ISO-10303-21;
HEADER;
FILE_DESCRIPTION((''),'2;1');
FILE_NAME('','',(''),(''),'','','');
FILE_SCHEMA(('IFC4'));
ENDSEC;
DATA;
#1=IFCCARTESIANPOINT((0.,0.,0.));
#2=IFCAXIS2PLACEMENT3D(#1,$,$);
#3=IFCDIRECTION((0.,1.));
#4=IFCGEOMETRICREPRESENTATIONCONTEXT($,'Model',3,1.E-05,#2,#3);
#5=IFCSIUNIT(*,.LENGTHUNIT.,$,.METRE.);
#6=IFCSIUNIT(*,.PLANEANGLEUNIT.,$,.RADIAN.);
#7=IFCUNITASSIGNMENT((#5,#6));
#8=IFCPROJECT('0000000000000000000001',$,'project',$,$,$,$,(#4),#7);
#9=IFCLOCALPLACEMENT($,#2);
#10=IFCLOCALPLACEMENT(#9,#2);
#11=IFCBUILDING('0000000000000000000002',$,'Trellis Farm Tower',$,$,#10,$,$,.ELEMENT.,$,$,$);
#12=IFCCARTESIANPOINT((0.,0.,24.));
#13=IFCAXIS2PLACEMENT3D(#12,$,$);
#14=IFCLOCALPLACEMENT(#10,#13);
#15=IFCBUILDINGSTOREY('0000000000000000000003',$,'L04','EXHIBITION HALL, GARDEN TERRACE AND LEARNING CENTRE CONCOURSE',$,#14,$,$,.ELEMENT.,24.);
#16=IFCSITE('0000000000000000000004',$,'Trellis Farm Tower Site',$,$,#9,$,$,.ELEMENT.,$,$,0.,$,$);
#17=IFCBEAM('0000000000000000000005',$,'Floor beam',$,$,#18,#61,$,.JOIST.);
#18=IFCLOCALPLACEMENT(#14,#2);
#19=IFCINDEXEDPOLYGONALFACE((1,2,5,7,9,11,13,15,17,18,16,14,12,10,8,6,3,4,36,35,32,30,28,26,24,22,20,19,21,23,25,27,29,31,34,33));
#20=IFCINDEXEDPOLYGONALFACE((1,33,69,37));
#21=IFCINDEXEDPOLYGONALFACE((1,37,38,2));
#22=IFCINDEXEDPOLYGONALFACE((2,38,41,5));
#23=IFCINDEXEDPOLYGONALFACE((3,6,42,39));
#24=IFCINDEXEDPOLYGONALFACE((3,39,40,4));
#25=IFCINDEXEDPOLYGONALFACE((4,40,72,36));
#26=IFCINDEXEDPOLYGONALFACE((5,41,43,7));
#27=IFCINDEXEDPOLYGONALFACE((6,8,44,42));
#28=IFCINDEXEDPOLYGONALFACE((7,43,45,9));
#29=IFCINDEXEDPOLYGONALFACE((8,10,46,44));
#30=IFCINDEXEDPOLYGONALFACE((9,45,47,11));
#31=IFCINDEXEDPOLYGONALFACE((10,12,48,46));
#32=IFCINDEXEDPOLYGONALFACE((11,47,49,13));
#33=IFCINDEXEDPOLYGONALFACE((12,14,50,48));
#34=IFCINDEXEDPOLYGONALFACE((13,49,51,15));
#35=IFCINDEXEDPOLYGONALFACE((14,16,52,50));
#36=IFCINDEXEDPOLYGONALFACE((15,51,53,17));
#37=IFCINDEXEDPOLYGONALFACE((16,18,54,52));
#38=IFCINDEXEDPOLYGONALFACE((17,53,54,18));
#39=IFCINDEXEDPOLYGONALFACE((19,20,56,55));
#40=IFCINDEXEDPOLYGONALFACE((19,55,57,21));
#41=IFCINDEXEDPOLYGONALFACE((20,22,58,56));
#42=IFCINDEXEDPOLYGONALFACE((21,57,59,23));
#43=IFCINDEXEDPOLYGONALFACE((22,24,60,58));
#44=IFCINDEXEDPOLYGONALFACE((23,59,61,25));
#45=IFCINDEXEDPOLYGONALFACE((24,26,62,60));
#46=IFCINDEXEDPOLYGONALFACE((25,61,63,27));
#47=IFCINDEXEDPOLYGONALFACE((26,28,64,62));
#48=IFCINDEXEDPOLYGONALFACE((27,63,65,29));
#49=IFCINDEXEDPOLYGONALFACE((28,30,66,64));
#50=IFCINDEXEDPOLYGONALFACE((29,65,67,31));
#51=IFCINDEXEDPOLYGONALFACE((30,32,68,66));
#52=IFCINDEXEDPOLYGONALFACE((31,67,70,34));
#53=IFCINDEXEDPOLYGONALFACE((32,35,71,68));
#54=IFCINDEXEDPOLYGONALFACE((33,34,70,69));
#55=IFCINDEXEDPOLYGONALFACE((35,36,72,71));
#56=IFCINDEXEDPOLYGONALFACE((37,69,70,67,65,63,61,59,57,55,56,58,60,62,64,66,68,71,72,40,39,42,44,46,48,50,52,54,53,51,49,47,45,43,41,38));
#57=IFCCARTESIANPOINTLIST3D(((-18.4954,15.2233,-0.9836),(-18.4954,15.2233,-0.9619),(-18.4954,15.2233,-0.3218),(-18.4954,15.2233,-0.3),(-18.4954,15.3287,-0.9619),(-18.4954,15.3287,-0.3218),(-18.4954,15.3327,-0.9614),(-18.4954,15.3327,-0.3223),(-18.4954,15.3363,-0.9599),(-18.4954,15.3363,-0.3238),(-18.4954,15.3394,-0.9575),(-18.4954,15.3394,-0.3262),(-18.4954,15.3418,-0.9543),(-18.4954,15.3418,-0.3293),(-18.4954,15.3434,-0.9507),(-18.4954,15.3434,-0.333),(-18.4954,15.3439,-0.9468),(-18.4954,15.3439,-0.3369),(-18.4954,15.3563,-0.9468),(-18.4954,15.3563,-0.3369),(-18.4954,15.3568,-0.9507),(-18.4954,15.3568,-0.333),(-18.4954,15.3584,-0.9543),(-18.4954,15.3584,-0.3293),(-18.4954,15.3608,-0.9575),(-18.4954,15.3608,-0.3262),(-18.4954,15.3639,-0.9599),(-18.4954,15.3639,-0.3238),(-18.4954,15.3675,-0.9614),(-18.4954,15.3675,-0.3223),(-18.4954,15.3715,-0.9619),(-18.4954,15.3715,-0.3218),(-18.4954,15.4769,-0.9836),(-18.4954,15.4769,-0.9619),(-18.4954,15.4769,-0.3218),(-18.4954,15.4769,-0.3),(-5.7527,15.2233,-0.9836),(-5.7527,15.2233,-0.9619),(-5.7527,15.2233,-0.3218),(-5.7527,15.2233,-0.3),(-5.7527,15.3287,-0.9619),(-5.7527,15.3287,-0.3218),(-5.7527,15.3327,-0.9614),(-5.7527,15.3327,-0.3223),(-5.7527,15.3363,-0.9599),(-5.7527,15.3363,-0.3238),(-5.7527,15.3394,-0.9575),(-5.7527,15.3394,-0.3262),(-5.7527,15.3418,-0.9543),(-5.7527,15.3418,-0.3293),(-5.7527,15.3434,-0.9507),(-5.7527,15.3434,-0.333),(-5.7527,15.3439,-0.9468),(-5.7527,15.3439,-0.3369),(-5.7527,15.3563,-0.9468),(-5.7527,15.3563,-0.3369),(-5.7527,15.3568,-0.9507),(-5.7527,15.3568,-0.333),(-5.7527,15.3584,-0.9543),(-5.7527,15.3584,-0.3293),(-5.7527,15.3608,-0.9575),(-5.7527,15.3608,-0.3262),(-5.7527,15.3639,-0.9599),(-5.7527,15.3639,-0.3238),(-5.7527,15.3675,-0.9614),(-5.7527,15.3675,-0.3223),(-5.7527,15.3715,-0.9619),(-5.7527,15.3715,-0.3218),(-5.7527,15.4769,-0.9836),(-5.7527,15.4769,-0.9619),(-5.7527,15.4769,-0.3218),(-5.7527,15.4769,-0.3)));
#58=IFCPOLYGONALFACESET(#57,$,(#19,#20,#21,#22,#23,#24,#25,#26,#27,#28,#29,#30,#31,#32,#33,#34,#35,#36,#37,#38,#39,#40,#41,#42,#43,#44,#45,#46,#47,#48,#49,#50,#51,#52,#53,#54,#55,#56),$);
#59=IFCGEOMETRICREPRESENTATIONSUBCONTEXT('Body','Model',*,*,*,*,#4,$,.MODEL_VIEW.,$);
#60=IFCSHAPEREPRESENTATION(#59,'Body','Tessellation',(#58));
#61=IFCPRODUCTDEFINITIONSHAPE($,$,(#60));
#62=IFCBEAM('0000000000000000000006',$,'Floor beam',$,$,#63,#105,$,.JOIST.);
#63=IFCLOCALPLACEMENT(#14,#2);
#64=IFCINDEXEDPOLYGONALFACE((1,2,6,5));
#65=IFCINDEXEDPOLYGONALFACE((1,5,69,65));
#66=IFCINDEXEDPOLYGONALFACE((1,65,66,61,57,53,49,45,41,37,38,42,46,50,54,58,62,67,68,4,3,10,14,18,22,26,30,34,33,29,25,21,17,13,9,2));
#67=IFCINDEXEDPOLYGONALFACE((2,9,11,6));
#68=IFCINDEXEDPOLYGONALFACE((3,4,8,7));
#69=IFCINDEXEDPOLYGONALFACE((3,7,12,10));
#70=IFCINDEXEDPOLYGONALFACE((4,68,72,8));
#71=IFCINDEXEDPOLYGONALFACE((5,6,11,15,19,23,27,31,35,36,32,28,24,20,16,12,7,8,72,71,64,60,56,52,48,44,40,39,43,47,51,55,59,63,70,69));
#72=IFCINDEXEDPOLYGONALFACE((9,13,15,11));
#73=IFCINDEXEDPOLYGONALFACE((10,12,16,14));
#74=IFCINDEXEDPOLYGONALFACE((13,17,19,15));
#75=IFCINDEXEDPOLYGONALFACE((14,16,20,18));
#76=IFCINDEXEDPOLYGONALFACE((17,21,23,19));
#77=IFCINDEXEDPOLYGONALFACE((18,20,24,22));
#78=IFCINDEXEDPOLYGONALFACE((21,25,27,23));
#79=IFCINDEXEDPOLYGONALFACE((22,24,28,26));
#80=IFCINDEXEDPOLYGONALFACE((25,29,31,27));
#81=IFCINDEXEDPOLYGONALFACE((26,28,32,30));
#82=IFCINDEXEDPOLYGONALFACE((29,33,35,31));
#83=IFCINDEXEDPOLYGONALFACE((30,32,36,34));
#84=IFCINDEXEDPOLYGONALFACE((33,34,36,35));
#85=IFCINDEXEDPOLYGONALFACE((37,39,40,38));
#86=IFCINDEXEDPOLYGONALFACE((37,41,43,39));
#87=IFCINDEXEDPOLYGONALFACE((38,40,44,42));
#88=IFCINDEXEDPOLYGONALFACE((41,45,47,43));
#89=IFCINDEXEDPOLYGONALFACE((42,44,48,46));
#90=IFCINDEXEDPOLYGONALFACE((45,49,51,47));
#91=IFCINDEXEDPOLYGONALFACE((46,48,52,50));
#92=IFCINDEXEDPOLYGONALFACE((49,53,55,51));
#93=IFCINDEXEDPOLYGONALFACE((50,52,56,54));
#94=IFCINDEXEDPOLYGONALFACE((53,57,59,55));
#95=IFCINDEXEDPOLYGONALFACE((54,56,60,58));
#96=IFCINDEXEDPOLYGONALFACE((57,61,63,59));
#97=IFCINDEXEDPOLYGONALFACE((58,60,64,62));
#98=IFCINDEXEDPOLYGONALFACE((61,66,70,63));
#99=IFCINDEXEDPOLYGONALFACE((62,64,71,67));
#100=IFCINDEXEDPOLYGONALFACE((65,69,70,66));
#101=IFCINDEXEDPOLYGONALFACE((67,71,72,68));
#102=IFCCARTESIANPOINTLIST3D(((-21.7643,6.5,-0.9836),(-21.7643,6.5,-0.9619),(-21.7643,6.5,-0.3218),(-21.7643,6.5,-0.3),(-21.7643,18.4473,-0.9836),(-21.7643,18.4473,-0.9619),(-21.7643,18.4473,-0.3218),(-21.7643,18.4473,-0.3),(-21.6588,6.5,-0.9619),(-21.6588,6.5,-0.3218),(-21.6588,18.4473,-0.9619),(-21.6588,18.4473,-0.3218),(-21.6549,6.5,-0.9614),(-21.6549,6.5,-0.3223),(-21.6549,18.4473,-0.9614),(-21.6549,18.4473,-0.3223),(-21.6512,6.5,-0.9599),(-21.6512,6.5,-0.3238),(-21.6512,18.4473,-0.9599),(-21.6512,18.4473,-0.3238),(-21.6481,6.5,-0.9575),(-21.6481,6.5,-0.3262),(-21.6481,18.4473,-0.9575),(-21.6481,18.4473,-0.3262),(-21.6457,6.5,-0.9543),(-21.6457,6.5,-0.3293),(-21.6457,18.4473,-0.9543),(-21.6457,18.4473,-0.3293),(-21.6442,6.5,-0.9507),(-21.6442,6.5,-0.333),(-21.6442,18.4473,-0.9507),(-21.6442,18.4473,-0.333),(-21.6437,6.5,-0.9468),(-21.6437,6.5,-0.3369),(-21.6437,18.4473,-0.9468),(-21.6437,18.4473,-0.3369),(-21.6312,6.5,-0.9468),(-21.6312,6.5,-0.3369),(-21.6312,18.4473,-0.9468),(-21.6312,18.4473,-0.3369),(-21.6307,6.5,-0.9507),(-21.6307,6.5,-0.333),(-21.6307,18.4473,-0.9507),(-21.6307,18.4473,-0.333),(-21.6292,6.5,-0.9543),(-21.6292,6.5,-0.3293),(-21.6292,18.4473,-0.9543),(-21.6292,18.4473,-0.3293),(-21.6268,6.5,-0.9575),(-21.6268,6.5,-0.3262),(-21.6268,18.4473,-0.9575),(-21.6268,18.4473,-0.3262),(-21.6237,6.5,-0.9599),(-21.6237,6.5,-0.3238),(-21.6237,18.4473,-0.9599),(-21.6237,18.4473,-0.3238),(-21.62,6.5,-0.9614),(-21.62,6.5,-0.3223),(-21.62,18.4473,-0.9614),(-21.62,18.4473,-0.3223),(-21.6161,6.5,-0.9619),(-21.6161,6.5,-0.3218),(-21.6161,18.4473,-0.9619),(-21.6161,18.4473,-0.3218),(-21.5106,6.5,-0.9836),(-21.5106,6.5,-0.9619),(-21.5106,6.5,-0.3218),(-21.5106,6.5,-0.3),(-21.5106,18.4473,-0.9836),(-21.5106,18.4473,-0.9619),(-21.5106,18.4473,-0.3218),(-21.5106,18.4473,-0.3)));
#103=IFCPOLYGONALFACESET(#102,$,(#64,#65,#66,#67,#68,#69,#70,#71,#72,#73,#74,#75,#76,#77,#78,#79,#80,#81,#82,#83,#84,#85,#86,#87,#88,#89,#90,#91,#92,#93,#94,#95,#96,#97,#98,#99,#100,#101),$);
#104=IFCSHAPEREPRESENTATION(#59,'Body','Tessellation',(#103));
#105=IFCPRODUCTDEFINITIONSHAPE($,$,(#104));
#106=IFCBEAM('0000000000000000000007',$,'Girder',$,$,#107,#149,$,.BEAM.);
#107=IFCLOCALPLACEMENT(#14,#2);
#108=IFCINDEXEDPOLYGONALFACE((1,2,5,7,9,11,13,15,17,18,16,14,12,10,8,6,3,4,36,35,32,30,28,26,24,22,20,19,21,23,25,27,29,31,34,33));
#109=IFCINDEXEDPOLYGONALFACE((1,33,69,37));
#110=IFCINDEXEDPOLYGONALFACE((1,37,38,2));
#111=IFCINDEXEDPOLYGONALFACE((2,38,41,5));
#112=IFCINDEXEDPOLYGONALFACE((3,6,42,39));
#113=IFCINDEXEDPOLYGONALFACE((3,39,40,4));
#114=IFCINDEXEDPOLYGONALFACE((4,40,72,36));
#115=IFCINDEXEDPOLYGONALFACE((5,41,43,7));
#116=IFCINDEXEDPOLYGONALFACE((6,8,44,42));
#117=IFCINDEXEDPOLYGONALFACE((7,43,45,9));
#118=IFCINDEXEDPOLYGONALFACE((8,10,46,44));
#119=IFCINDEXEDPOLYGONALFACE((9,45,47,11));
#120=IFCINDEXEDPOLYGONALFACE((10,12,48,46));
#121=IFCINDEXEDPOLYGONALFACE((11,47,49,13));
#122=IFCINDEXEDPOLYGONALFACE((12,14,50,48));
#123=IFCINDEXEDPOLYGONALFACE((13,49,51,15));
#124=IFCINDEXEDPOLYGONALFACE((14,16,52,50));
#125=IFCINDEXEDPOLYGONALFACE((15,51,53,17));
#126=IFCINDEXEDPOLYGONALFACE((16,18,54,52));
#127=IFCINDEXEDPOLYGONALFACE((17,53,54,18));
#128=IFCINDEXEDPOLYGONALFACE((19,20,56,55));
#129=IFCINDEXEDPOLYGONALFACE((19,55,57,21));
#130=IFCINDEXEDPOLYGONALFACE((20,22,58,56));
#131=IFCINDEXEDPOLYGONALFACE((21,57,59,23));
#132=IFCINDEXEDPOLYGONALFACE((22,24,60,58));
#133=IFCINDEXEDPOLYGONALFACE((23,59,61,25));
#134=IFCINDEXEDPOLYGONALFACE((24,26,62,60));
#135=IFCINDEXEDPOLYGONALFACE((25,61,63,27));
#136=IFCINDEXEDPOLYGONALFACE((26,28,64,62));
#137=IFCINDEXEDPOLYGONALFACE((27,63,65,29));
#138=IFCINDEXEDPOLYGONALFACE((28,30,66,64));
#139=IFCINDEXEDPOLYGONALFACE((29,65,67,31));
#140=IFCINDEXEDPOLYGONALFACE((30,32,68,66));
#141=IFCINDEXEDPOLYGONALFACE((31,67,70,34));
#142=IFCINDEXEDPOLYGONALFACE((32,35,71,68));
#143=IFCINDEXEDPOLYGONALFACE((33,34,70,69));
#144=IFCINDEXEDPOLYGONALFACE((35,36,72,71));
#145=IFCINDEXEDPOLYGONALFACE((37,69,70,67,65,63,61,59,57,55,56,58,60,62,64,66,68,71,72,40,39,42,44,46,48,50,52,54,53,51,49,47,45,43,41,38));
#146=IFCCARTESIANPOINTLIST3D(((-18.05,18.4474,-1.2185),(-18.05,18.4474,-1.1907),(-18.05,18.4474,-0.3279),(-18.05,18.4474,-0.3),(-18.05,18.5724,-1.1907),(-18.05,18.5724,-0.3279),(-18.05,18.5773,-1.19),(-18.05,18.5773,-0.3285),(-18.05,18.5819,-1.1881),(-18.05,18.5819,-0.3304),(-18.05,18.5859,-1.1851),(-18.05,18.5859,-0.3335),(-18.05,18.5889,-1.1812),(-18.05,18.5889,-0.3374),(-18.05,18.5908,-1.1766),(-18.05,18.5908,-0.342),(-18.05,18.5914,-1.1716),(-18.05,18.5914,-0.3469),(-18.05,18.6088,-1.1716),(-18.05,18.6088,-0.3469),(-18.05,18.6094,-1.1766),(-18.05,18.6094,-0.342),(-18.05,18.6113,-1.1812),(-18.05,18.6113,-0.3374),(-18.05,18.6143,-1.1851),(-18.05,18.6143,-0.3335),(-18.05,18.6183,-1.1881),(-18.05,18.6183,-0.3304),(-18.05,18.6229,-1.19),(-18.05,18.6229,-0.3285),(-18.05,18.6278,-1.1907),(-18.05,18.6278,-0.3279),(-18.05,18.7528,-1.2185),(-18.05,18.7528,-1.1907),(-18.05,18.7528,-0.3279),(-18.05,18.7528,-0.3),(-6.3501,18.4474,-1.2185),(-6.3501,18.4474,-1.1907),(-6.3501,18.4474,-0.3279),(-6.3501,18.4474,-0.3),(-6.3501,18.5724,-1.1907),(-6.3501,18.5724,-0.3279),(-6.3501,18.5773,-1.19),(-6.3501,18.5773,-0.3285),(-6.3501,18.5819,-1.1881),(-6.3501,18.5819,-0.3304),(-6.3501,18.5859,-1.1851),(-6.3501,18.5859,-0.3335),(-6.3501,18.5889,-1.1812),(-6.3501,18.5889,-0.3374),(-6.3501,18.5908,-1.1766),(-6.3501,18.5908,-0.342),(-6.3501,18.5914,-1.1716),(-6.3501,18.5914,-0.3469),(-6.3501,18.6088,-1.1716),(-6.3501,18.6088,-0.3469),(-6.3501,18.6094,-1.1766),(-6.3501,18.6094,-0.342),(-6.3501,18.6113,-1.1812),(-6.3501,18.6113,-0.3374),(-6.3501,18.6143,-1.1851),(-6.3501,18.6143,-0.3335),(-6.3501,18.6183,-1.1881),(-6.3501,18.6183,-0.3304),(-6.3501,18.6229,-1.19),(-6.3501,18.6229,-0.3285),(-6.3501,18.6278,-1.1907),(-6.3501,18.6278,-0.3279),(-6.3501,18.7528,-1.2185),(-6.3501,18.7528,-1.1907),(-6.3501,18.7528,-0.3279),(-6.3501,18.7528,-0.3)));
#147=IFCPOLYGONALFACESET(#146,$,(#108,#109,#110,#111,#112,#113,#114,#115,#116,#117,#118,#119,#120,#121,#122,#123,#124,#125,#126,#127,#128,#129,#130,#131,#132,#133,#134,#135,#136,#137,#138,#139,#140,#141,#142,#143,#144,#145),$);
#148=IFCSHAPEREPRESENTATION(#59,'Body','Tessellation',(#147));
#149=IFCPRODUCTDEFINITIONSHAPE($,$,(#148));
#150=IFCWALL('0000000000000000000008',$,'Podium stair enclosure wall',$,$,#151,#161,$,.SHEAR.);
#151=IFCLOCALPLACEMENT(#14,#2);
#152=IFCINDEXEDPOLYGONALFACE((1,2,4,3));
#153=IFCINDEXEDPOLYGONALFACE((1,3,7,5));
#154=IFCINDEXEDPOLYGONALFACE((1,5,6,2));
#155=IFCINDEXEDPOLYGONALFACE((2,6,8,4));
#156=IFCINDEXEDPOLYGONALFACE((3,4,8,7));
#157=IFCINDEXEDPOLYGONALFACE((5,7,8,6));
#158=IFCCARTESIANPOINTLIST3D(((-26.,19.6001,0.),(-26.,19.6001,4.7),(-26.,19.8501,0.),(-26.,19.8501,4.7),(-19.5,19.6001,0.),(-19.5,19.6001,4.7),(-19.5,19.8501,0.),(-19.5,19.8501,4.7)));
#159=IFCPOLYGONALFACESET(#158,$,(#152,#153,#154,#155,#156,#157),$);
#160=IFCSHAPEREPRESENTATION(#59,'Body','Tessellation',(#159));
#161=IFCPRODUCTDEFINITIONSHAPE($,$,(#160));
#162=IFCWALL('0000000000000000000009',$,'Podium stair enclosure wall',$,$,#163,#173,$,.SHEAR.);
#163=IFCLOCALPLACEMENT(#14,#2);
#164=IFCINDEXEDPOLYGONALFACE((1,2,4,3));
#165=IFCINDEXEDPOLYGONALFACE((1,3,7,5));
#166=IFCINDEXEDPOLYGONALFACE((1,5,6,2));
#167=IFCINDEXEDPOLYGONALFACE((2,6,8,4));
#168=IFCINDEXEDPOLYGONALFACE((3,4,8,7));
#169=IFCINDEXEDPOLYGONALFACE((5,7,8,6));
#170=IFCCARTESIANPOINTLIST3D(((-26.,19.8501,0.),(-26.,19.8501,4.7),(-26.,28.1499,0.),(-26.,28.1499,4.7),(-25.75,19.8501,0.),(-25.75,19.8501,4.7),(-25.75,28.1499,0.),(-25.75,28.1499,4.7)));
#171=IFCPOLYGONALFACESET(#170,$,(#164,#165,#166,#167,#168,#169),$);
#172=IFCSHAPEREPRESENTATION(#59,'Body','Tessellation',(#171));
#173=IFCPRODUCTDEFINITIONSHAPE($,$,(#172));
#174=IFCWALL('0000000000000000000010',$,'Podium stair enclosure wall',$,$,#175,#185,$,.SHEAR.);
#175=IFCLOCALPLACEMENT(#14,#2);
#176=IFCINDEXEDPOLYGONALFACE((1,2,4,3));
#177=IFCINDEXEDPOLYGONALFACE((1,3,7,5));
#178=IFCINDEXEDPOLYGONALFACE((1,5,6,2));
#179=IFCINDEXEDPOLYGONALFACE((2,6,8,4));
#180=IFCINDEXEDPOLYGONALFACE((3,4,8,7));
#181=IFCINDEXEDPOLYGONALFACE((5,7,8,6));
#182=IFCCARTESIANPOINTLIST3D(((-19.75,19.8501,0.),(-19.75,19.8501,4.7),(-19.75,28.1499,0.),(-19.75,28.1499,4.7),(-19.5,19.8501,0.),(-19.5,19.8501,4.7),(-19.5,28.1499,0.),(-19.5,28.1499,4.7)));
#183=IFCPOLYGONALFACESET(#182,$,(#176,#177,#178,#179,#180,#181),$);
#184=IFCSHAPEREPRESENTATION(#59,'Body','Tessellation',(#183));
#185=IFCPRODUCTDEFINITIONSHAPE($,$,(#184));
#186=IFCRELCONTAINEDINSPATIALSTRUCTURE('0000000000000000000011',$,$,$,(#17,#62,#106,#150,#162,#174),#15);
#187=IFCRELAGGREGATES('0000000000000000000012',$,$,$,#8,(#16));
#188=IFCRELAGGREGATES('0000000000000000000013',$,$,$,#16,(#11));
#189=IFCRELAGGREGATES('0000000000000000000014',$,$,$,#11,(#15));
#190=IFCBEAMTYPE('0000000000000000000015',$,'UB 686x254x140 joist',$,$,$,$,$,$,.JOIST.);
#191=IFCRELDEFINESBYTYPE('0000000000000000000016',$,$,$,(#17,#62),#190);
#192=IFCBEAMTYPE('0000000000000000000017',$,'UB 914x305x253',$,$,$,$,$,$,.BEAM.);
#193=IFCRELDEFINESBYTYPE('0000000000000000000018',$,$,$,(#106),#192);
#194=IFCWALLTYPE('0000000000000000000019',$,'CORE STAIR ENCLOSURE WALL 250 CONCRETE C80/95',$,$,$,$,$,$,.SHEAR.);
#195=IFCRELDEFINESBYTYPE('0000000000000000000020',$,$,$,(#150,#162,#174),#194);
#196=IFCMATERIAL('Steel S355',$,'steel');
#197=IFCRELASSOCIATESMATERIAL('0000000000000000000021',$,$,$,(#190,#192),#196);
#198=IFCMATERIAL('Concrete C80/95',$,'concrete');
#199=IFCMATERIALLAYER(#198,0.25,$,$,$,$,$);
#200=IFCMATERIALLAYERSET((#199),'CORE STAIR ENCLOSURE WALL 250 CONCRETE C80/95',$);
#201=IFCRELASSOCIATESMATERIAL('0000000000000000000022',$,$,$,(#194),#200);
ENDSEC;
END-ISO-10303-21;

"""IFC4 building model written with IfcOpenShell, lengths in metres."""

from ifc_helpers import new_model, si_unit, direction, frame, frame_2d, origin, origin_2d, place, context, subcontext, project, spatial, rectangle, i_section, extrude, source, transform, mapped, material, layer, layer_set, material_profile, profile_set, type_object, element, save


model = new_model("IFC4")

# Units and contexts
model_context = context("Model", 3, precision=1e-05, world=origin(), true_north=direction((0.0, 1.0)))
body_context = subcontext(model_context, "Body", "Model", "MODEL_VIEW")
ifc_project = project(units=[si_unit("LENGTHUNIT", "METRE"), si_unit("PLANEANGLEUNIT", "RADIAN")], contexts=[model_context])

# Site, building, storey
site_placement = place(None, origin())
site = spatial("IfcSite", under=ifc_project, at=site_placement, Name="Trellis Farm Tower Site", CompositionType="ELEMENT", RefElevation=0.0)
building_placement = place(site_placement, origin())
building = spatial("IfcBuilding", under=site, at=building_placement, Name="Trellis Farm Tower", CompositionType="ELEMENT")
storey_placement = place(building_placement, frame((0.0, 0.0, 24.0)))
storey = spatial("IfcBuildingStorey", under=building, at=storey_placement, Name="L04", Description="EXHIBITION HALL, GARDEN TERRACE AND LEARNING CENTRE CONCOURSE", CompositionType="ELEMENT", Elevation=24.0)

# Beams
ifc_material_1 = material(Name="Steel S355", Category="steel")
ifc_material_profile_1 = material_profile(ifc_material_1, i_section(OverallWidth=0.2537, OverallDepth=0.6836, WebThickness=0.0125, FlangeThickness=0.0217, FilletRadius=0.0151, at=origin_2d()), Name="UB 686x254x140")
ifc_profile_set_1 = profile_set([ifc_material_profile_1], Name="Steel S355")
beam_type_1 = type_object("IfcBeamType", Name="UB 686x254x140 joist", PredefinedType="JOIST", material=ifc_profile_set_1)
ifc_material_profile_2 = material_profile(ifc_material_1, i_section(OverallWidth=0.3054, OverallDepth=0.9185, WebThickness=0.0173, FlangeThickness=0.0278, FilletRadius=0.019, at=origin_2d()), Name="UB 914x305x253")
ifc_profile_set_2 = profile_set([ifc_material_profile_2], Name="Steel S355")
beam_type_2 = type_object("IfcBeamType", Name="UB 914x305x253", PredefinedType="BEAM", material=ifc_profile_set_2)
shared_shape_1 = source(origin(), body_context, "Body", "SweptSolid", [
    extrude(i_section(OverallWidth=0.2537, OverallDepth=0.6836, WebThickness=0.0125, FlangeThickness=0.0217, FilletRadius=0.0151, at=origin_2d()), origin(), (0.0, 0.0, 1.0), 12.7427),
])
for number, where, z_axis, x_axis, name in (
    (1, (-18.4954, 15.3501, -0.6418), (1.0, 0.0, 0.0), (0.0, 1.0, 0.0), "Floor beam"),
):
    element("IfcBeam", number, at=place(storey_placement, frame(where, z_axis=z_axis, x_axis=x_axis)), inside=storey, type_object=beam_type_1, Name=name, PredefinedType="JOIST", context=body_context, shape_type="MappedRepresentation", body=[
        mapped(shared_shape_1, transform((0.0, 0.0, 0.0))),
    ])
shared_shape_2 = source(origin(), body_context, "Body", "SweptSolid", [
    extrude(i_section(OverallWidth=0.2537, OverallDepth=0.6836, WebThickness=0.0125, FlangeThickness=0.0217, FilletRadius=0.0151, at=origin_2d()), origin(), (0.0, 0.0, 1.0), 11.9473),
])
beam_1_placement = place(storey_placement, frame((-21.6375, 6.5, -0.6418), z_axis=(0.0, 1.0, 0.0), x_axis=(-1.0, 0.0, 0.0)))
element("IfcBeam", 2, at=beam_1_placement, inside=storey, type_object=beam_type_1, Name="Floor beam", PredefinedType="JOIST", context=body_context, shape_type="MappedRepresentation", body=[
    mapped(shared_shape_2, transform((0.0, 0.0, 0.0))),
])
shared_shape_3 = source(origin(), body_context, "Body", "SweptSolid", [
    extrude(i_section(OverallWidth=0.3054, OverallDepth=0.9185, WebThickness=0.0173, FlangeThickness=0.0278, FilletRadius=0.019, at=origin_2d()), origin(), (0.0, 0.0, 1.0), 11.7),
])
beam_2_placement = place(storey_placement, frame((-18.05, 18.6001, -0.7593), z_axis=(1.0, 0.0, 0.0), x_axis=(0.0, 1.0, 0.0)))
element("IfcBeam", 3, at=beam_2_placement, inside=storey, type_object=beam_type_2, Name="Girder", PredefinedType="BEAM", context=body_context, shape_type="MappedRepresentation", body=[
    mapped(shared_shape_3, transform((0.0, 0.0, 0.0))),
])

# Walls
ifc_material_2 = material(Name="Concrete C80/95", Category="concrete")
ifc_layer_1 = layer(ifc_material_2, 0.25)
ifc_layer_set_1 = layer_set([ifc_layer_1], Name="CORE STAIR ENCLOSURE WALL 250 CONCRETE C80/95")
wall_type_1 = type_object("IfcWallType", Name="CORE STAIR ENCLOSURE WALL 250 CONCRETE C80/95", PredefinedType="SHEAR", material=ifc_layer_set_1)
shared_shape_4 = source(origin(), body_context, "Body", "SweptSolid", [
    extrude(rectangle(XDim=6.5, YDim=0.25, at=frame_2d((3.25, 0.0))), origin(), (0.0, 0.0, 1.0), 4.7),
])
wall_1_placement = place(storey_placement, frame((-26.0, 19.7251, 0.0), z_axis=(0.0, 0.0, 1.0), x_axis=(1.0, 0.0, 0.0)))
element("IfcWall", 4, at=wall_1_placement, inside=storey, type_object=wall_type_1, Name="Podium stair enclosure wall", PredefinedType="SHEAR", context=body_context, shape_type="MappedRepresentation", body=[
    mapped(shared_shape_4, transform((0.0, 0.0, 0.0))),
])
shared_shape_5 = source(origin(), body_context, "Body", "SweptSolid", [
    extrude(rectangle(XDim=8.2998, YDim=0.25, at=frame_2d((4.1499, 0.0))), origin(), (0.0, 0.0, 1.0), 4.7),
])
for number, where, z_axis, x_axis, name in (
    (5, (-25.875, 19.8501, 0.0), (0.0, 0.0, 1.0), (0.0, 1.0, 0.0), "Podium stair enclosure wall"),
    (6, (-19.625, 19.8501, 0.0), (0.0, 0.0, 1.0), (0.0, 1.0, 0.0), "Podium stair enclosure wall"),
):
    element("IfcWall", number, at=place(storey_placement, frame(where, z_axis=z_axis, x_axis=x_axis)), inside=storey, type_object=wall_type_1, Name=name, PredefinedType="SHEAR", context=body_context, shape_type="MappedRepresentation", body=[
        mapped(shared_shape_5, transform((0.0, 0.0, 0.0))),
    ])

save(model, "model.ifc")
